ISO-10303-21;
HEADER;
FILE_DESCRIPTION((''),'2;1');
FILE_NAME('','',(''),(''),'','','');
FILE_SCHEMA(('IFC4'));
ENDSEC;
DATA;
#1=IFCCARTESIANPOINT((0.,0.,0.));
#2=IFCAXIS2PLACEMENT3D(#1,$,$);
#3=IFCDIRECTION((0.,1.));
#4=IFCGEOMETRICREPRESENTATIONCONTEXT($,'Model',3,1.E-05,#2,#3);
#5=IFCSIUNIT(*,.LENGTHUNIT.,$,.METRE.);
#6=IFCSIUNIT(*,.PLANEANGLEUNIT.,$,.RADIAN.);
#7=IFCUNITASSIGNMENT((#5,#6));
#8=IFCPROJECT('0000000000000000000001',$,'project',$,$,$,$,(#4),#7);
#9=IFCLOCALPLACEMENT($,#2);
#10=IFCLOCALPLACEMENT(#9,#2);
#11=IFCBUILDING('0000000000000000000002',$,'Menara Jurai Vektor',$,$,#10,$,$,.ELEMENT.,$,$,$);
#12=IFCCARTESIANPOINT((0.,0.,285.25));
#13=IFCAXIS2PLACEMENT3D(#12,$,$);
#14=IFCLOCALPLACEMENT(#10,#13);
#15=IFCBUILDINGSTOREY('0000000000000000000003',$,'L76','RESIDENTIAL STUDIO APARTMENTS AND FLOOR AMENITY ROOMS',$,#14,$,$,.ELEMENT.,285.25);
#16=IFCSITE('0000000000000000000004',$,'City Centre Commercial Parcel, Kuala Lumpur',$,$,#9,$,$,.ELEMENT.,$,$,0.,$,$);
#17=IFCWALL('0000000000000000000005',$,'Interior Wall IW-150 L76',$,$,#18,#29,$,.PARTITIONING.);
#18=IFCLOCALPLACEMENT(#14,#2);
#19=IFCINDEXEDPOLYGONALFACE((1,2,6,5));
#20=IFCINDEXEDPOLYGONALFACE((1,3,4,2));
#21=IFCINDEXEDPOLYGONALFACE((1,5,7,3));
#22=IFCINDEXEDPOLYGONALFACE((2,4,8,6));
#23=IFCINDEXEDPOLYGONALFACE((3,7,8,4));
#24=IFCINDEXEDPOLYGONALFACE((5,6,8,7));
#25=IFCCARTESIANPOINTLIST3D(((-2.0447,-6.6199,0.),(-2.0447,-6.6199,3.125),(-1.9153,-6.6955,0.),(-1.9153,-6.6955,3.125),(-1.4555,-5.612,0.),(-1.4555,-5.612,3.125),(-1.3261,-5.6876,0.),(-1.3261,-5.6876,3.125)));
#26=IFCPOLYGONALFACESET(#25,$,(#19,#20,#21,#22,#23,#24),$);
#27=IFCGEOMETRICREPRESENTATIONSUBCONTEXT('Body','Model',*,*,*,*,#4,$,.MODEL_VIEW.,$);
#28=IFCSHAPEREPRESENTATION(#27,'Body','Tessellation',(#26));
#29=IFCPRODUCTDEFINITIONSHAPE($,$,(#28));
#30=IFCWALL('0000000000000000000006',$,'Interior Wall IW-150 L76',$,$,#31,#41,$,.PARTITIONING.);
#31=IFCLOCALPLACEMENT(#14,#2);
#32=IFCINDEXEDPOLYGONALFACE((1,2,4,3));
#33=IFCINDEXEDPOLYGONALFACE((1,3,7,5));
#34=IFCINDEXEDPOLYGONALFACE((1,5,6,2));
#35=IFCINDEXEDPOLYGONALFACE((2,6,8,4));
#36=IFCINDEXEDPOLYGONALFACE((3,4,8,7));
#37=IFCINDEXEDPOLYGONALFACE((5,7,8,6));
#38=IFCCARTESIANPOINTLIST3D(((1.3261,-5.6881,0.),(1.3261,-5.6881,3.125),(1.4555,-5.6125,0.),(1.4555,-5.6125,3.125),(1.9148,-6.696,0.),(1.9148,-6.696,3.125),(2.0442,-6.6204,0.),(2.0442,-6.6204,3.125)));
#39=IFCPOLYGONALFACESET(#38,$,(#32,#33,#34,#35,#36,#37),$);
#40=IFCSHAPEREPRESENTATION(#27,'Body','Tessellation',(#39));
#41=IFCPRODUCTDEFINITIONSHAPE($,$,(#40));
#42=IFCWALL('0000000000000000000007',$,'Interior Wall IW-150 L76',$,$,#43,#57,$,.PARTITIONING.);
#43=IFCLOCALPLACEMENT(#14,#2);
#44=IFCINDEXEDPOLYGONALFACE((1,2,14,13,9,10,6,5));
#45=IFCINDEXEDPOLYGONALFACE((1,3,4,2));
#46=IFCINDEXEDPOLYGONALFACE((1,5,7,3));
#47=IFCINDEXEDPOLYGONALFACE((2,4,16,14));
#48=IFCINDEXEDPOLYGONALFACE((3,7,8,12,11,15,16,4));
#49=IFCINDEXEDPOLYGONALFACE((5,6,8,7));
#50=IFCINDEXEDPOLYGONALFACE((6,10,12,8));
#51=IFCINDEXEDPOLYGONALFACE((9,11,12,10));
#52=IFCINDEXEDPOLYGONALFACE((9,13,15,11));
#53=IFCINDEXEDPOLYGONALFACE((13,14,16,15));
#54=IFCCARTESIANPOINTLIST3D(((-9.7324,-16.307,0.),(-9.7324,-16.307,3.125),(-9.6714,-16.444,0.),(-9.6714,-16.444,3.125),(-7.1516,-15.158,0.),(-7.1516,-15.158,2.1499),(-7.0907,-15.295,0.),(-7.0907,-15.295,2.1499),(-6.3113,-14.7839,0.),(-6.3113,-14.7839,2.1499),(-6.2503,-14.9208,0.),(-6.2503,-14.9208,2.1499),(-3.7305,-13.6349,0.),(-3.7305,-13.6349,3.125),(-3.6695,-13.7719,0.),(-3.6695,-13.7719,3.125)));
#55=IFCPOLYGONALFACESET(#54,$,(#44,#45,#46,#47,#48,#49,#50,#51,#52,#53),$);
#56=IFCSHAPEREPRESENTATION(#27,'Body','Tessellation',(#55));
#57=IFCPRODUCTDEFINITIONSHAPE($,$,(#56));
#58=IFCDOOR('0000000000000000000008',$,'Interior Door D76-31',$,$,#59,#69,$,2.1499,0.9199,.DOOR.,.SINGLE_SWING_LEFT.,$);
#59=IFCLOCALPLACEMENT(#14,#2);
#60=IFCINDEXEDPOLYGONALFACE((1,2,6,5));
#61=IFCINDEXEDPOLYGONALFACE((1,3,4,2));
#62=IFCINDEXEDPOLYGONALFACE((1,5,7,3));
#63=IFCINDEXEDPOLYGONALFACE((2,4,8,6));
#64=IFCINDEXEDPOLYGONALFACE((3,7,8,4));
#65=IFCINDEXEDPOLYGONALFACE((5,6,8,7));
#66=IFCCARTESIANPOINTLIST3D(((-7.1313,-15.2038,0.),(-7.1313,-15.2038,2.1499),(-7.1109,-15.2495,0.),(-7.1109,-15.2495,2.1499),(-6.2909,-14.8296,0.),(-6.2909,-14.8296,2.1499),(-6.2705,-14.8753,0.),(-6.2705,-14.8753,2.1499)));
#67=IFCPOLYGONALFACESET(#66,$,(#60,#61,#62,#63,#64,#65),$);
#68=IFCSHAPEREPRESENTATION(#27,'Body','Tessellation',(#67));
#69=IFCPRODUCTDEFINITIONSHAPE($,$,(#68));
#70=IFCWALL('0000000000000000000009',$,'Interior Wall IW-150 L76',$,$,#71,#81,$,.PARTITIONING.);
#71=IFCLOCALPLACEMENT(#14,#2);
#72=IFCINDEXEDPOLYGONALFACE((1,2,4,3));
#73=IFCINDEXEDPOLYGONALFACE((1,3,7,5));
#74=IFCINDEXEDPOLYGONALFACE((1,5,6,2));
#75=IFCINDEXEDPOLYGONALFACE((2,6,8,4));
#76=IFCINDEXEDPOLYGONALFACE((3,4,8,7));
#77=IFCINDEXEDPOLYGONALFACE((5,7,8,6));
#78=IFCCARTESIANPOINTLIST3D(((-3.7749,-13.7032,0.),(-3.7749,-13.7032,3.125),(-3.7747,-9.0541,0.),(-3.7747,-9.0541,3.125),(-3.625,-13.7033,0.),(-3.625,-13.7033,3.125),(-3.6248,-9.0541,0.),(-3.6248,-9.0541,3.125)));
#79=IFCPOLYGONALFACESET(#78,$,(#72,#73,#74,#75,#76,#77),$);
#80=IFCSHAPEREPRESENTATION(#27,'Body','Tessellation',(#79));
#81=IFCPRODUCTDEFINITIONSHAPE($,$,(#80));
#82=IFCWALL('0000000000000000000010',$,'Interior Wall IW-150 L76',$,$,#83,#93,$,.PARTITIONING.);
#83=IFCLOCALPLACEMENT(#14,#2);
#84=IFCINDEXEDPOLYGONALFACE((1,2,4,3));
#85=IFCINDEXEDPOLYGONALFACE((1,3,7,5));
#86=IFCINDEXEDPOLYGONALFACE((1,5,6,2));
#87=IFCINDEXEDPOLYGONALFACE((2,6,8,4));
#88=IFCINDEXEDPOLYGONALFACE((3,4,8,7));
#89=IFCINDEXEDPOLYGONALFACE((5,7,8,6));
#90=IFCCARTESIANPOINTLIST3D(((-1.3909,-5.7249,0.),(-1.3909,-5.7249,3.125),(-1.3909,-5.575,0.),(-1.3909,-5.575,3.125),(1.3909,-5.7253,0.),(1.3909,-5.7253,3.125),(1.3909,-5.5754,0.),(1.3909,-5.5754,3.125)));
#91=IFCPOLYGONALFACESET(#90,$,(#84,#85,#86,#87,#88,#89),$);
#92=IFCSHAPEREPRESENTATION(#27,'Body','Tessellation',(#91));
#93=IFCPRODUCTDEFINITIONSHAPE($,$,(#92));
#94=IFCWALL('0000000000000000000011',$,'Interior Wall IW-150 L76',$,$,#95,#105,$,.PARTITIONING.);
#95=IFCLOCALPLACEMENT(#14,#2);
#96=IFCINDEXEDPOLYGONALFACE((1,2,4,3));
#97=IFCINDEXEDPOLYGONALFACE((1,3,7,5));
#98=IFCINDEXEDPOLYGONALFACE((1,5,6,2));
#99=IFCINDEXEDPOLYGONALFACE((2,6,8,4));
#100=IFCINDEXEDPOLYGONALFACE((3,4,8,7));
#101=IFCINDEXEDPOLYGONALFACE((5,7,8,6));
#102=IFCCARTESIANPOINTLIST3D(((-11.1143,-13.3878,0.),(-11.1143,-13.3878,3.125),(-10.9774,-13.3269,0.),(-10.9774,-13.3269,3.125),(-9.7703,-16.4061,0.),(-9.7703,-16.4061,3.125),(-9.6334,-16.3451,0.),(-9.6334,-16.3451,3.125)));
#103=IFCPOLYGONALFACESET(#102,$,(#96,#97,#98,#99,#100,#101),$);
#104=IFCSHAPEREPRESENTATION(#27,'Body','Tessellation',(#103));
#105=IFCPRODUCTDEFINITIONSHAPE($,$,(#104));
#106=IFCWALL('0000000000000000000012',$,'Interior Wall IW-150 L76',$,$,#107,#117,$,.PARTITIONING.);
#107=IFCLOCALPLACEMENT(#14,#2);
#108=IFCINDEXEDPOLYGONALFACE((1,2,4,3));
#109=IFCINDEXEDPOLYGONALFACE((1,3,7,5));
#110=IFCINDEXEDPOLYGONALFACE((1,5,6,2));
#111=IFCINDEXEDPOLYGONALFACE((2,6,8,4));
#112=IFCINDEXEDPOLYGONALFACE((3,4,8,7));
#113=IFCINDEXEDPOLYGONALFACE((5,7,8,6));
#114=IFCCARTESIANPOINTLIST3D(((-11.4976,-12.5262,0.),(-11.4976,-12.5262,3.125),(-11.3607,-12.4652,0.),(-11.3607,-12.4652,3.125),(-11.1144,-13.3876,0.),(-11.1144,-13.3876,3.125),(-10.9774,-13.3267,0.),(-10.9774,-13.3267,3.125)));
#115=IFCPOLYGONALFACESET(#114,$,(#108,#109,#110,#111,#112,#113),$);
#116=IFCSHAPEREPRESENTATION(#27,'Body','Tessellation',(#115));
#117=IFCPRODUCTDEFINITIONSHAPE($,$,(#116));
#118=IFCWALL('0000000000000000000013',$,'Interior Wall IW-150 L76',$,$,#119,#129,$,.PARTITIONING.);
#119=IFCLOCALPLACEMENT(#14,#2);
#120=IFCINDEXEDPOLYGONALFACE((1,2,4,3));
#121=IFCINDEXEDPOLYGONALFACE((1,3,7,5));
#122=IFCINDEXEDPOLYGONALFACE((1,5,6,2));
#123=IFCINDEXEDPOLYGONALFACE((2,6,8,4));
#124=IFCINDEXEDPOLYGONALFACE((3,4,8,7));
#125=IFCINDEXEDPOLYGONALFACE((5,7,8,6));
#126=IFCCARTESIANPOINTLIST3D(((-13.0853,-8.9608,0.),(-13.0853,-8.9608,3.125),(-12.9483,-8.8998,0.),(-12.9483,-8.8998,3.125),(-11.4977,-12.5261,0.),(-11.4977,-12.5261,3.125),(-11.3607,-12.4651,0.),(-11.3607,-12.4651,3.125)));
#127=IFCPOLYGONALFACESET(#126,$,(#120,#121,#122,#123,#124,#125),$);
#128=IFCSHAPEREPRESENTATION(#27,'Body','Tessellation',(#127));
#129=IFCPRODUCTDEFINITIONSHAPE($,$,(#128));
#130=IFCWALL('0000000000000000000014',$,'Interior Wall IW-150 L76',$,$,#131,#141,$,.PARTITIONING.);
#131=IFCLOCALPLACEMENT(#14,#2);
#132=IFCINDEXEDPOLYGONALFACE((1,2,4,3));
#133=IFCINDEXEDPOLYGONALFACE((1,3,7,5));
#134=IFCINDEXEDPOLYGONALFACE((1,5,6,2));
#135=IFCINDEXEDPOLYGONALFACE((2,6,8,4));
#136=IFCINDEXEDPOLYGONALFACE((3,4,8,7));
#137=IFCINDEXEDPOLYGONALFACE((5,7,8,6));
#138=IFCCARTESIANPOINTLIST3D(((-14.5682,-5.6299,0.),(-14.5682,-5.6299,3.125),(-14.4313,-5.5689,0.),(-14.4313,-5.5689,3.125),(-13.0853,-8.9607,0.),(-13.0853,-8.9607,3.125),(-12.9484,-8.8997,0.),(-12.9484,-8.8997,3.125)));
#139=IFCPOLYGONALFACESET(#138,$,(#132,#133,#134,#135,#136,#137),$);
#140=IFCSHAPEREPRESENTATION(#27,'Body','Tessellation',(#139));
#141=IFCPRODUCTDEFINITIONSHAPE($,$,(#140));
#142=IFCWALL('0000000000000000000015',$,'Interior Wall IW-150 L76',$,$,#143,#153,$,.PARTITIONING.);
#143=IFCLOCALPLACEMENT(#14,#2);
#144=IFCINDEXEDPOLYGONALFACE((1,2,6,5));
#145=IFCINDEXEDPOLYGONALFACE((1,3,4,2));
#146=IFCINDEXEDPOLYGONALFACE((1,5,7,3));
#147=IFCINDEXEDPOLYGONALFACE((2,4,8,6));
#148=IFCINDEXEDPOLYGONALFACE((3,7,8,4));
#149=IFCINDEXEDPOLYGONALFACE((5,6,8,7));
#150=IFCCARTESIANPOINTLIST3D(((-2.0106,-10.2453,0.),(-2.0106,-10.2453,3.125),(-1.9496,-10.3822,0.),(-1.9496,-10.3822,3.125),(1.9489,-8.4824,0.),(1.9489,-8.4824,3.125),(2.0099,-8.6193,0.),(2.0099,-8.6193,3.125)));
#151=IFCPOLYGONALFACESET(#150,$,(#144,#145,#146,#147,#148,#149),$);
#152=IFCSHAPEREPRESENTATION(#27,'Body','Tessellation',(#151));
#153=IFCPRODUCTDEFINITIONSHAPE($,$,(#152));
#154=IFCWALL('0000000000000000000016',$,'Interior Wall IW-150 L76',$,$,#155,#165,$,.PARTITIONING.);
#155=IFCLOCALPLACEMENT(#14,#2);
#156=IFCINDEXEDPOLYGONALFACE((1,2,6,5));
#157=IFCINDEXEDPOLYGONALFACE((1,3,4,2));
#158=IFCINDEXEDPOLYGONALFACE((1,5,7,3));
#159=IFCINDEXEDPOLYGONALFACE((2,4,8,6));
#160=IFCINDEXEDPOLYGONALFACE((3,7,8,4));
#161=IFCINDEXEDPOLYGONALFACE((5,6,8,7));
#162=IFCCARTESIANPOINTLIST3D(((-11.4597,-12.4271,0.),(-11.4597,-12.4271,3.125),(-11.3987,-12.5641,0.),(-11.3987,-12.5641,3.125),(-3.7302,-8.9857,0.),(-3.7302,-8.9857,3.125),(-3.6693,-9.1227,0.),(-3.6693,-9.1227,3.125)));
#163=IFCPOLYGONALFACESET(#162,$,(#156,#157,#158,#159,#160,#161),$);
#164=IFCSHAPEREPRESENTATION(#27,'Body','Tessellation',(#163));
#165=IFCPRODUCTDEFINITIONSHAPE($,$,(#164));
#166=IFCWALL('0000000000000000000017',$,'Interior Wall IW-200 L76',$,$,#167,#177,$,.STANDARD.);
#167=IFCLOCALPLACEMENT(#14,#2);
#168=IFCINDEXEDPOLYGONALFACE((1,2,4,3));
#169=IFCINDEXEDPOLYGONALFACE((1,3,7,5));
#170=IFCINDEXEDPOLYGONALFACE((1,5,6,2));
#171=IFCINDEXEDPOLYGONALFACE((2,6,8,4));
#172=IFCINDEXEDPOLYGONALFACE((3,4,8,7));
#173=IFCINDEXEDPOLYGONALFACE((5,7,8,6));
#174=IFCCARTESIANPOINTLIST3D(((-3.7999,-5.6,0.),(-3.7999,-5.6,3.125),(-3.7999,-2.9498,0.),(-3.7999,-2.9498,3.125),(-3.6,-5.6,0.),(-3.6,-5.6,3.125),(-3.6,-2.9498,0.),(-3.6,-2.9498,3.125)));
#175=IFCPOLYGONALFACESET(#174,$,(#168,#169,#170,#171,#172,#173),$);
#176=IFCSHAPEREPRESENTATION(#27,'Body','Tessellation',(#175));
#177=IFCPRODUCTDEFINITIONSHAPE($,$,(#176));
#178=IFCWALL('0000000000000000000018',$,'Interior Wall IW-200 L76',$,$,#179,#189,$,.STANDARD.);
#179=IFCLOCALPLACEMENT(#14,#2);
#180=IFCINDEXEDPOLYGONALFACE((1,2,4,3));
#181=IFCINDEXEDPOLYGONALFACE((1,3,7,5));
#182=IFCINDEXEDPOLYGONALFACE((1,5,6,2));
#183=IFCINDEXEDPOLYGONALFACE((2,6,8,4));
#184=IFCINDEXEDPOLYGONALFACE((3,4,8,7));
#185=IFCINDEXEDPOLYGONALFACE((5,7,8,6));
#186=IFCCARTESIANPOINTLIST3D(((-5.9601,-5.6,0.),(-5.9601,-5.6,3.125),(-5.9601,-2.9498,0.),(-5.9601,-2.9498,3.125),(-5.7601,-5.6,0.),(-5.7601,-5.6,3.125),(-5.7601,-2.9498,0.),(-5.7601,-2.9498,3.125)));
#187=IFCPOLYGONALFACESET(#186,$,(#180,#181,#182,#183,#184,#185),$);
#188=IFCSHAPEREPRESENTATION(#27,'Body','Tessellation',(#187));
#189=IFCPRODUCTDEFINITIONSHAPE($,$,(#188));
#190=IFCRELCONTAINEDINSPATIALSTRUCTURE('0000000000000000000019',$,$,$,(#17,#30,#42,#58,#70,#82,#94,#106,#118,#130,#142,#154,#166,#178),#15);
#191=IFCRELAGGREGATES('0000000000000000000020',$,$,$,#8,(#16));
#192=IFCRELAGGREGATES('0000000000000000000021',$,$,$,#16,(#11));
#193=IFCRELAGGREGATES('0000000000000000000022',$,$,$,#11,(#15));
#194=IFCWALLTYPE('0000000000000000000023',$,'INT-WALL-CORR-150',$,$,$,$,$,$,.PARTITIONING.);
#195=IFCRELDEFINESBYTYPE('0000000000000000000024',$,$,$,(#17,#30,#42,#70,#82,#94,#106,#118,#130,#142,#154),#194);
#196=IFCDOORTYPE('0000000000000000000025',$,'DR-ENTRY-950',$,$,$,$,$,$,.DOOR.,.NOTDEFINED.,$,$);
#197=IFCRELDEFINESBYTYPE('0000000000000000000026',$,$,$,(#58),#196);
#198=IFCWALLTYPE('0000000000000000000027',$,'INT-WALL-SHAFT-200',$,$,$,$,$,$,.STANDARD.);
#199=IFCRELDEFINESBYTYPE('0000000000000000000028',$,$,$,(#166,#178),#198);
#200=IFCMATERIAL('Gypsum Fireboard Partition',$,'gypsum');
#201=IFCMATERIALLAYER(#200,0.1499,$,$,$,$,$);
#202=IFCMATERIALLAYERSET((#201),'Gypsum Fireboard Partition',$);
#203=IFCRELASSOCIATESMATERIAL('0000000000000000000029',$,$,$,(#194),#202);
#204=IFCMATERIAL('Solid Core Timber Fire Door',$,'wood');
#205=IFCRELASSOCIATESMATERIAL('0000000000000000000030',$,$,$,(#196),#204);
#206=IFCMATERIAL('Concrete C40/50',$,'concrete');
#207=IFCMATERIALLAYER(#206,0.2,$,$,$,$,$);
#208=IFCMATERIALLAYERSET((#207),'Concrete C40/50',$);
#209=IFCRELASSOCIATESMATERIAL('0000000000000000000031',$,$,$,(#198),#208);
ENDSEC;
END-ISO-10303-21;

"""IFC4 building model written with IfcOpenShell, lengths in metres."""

from ifc_helpers import new_model, si_unit, direction, frame, frame_2d, origin, place, context, subcontext, project, spatial, rectangle, extrude, material, layer, layer_set, type_object, element, fill, save


model = new_model("IFC4")

# Units and contexts
model_context = context("Model", 3, precision=1e-05, world=origin(), true_north=direction((0.0, 1.0)))
body_context = subcontext(model_context, "Body", "Model", "MODEL_VIEW")
ifc_project = project(units=[si_unit("LENGTHUNIT", "METRE"), si_unit("PLANEANGLEUNIT", "RADIAN")], contexts=[model_context])

# Site, building, storey
site_placement = place(None, origin())
site = spatial("IfcSite", under=ifc_project, at=site_placement, Name="City Centre Commercial Parcel, Kuala Lumpur", CompositionType="ELEMENT", RefElevation=0.0)
building_placement = place(site_placement, origin())
building = spatial("IfcBuilding", under=site, at=building_placement, Name="Menara Jurai Vektor", CompositionType="ELEMENT")
storey_placement = place(building_placement, frame((0.0, 0.0, 285.25)))
storey = spatial("IfcBuildingStorey", under=building, at=storey_placement, Name="L76", Description="RESIDENTIAL STUDIO APARTMENTS AND FLOOR AMENITY ROOMS", CompositionType="ELEMENT", Elevation=285.25)

# Shared definitions
ifc_material_1 = material(Name="Gypsum Fireboard Partition", Category="gypsum")
ifc_layer_1 = layer(ifc_material_1, 0.1499)
ifc_layer_set_1 = layer_set([ifc_layer_1], Name="Gypsum Fireboard Partition")
wall_type_1 = type_object("IfcWallType", Name="INT-WALL-CORR-150", PredefinedType="PARTITIONING", material=ifc_layer_set_1)

# Shared definitions
ifc_material_2 = material(Name="Solid Core Timber Fire Door", Category="wood")
door_type = type_object("IfcDoorType", Name="DR-ENTRY-950", OperationType="NOTDEFINED", PredefinedType="DOOR", material=ifc_material_2)

# Walls
wall_1_placement = place(storey_placement, frame((-1.98, -6.6577, 0.0), z_axis=(0.0, 0.0, 1.0), x_axis=(0.504651, 0.863323, 0.0)))
element("IfcWall", 1, at=wall_1_placement, inside=storey, type_object=wall_type_1, Name="Interior Wall IW-150 L76", PredefinedType="PARTITIONING", context=body_context, shape_type="SweptSolid", body=[
    extrude(rectangle(XDim=1.1675, YDim=0.1499, at=frame_2d((0.5837, 0.0))), origin(), (0.0, 0.0, 1.0), 3.125),
])
wall_2_placement = place(storey_placement, frame((1.3909, -5.6504, 0.0), z_axis=(0.0, 0.0, 1.0), x_axis=(0.504339, -0.863506, 0.0)))
element("IfcWall", 2, at=wall_2_placement, inside=storey, type_object=wall_type_1, Name="Interior Wall IW-150 L76", PredefinedType="PARTITIONING", context=body_context, shape_type="SweptSolid", body=[
    extrude(rectangle(XDim=1.1672, YDim=0.1499, at=frame_2d((0.5835, 0.0))), origin(), (0.0, 0.0, 1.0), 3.125),
])

# Wall, opening, door
wall_3_placement = place(storey_placement, frame((-9.7019, -16.3755, 0.0), z_axis=(0.0, 0.0, 1.0), x_axis=(0.913552, 0.406721, 0.0)))
wall_3 = element("IfcWall", 3, at=wall_3_placement, inside=storey, type_object=wall_type_1, Name="Interior Wall IW-150 L76", PredefinedType="PARTITIONING", context=body_context, shape_type="SweptSolid", body=[
    extrude(rectangle(XDim=6.5698, YDim=0.1499, at=frame_2d((3.2849, 0.0))), origin(), (0.0, 0.0, 1.0), 3.125),
])
opening_1_placement = place(wall_3_placement, frame((2.825, 0.0, 0.0)))
opening_1 = element("IfcOpeningElement", 4, at=opening_1_placement, cuts=wall_3, PredefinedType="OPENING", context=body_context, shape_type="SweptSolid", body=[
    extrude(rectangle(XDim=0.9199, YDim=2.1499, at=frame_2d((0.46, 1.075))), frame((0.0, 0.085, 0.0), z_axis=(0.0, -1.0, 0.0), x_axis=(1.0, 0.0, 0.0)), (0.0, 0.0, 1.0), 0.1699),
])
door_1_placement = place(opening_1_placement, origin())
door_1 = element("IfcDoor", 5, at=door_1_placement, inside=storey, type_object=door_type, Name="Interior Door D76-31", OperationType="SINGLE_SWING_LEFT", OverallHeight=2.1499, OverallWidth=0.9199, PredefinedType="DOOR", context=body_context, shape_type="SweptSolid", body=[
    extrude(rectangle(XDim=0.9199, YDim=2.1499, at=frame_2d((0.46, 1.075))), frame((0.0, 0.0249, 0.0), z_axis=(0.0, -1.0, 0.0), x_axis=(1.0, 0.0, 0.0)), (0.0, 0.0, 1.0), 0.05),
])
fill(opening_1, door_1)

# Wall
wall_4_placement = place(storey_placement, frame((-3.7, -13.7034, 0.0), z_axis=(0.0, 0.0, 1.0), x_axis=(0.000053, 1.0, 0.0)))
element("IfcWall", 6, at=wall_4_placement, inside=storey, type_object=wall_type_1, Name="Interior Wall IW-150 L76", PredefinedType="PARTITIONING", context=body_context, shape_type="SweptSolid", body=[
    extrude(rectangle(XDim=4.6492, YDim=0.1499, at=frame_2d((2.3247, 0.0))), origin(), (0.0, 0.0, 1.0), 3.125),
])

# Walls
wall_5_placement = place(storey_placement, frame((-1.3909, -5.6499, 0.0), z_axis=(0.0, 0.0, 1.0), x_axis=(1.0, -0.000176, 0.0)))
element("IfcWall", 7, at=wall_5_placement, inside=storey, type_object=wall_type_1, Name="Interior Wall IW-150 L76", PredefinedType="PARTITIONING", context=body_context, shape_type="SweptSolid", body=[
    extrude(rectangle(XDim=2.7817, YDim=0.1499, at=frame_2d((1.3909, 0.0))), origin(), (0.0, 0.0, 1.0), 3.125),
])
wall_6_placement = place(storey_placement, frame((-9.7019, -16.3755, 0.0), z_axis=(0.0, 0.0, 1.0), x_axis=(-0.406776, 0.913528, 0.0)))
element("IfcWall", 8, at=wall_6_placement, inside=storey, type_object=wall_type_1, Name="Interior Wall IW-150 L76", PredefinedType="PARTITIONING", context=body_context, shape_type="SweptSolid", body=[
    extrude(rectangle(XDim=3.304, YDim=0.1499, at=frame_2d((1.6519, 0.0))), origin(), (0.0, 0.0, 1.0), 3.125),
])
wall_7_placement = place(storey_placement, frame((-11.0459, -13.3572, 0.0), z_axis=(0.0, 0.0, 1.0), x_axis=(-0.406475, 0.913662, 0.0)))
element("IfcWall", 9, at=wall_7_placement, inside=storey, type_object=wall_type_1, Name="Interior Wall IW-150 L76", PredefinedType="PARTITIONING", context=body_context, shape_type="SweptSolid", body=[
    extrude(rectangle(XDim=0.9429, YDim=0.1499, at=frame_2d((0.4714, 0.0))), origin(), (0.0, 0.0, 1.0), 3.125),
])
wall_8_placement = place(storey_placement, frame((-11.4292, -12.4956, 0.0), z_axis=(0.0, 0.0, 1.0), x_axis=(-0.406783, 0.913525, 0.0)))
element("IfcWall", 10, at=wall_8_placement, inside=storey, type_object=wall_type_1, Name="Interior Wall IW-150 L76", PredefinedType="PARTITIONING", context=body_context, shape_type="SweptSolid", body=[
    extrude(rectangle(XDim=3.9028, YDim=0.1499, at=frame_2d((1.9514, 0.0))), origin(), (0.0, 0.0, 1.0), 3.125),
])
wall_9_placement = place(storey_placement, frame((-13.0168, -8.9302, 0.0), z_axis=(0.0, 0.0, 1.0), x_axis=(-0.406722, 0.913552, 0.0)))
element("IfcWall", 11, at=wall_9_placement, inside=storey, type_object=wall_type_1, Name="Interior Wall IW-150 L76", PredefinedType="PARTITIONING", context=body_context, shape_type="SweptSolid", body=[
    extrude(rectangle(XDim=3.646, YDim=0.1499, at=frame_2d((1.823, 0.0))), origin(), (0.0, 0.0, 1.0), 3.125),
])
wall_10_placement = place(storey_placement, frame((-1.98, -10.3137, 0.0), z_axis=(0.0, 0.0, 1.0), x_axis=(0.91354, 0.40675, 0.0)))
element("IfcWall", 12, at=wall_10_placement, inside=storey, type_object=wall_type_1, Name="Interior Wall IW-150 L76", PredefinedType="PARTITIONING", context=body_context, shape_type="SweptSolid", body=[
    extrude(rectangle(XDim=4.3342, YDim=0.1499, at=frame_2d((2.167, 0.0))), origin(), (0.0, 0.0, 1.0), 3.125),
])
wall_11_placement = place(storey_placement, frame((-11.4292, -12.4956, 0.0), z_axis=(0.0, 0.0, 1.0), x_axis=(0.913545, 0.406738, 0.0)))
element("IfcWall", 13, at=wall_11_placement, inside=storey, type_object=wall_type_1, Name="Interior Wall IW-150 L76", PredefinedType="PARTITIONING", context=body_context, shape_type="SweptSolid", body=[
    extrude(rectangle(XDim=8.4609, YDim=0.1499, at=frame_2d((4.2305, 0.0))), origin(), (0.0, 0.0, 1.0), 3.125),
])
ifc_material_3 = material(Name="Concrete C40/50", Category="concrete")
ifc_layer_2 = layer(ifc_material_3, 0.2)
ifc_layer_set_2 = layer_set([ifc_layer_2], Name="Concrete C40/50")
wall_type_2 = type_object("IfcWallType", Name="INT-WALL-SHAFT-200", PredefinedType="STANDARD", material=ifc_layer_set_2)
for number, where, z_axis, x_axis, name in (
    (14, (-3.7, -5.6001, 0.0), (0.0, 0.0, 1.0), (0.0, 1.0, 0.0), "Interior Wall IW-200 L76"),
    (15, (-5.8601, -5.6001, 0.0), (0.0, 0.0, 1.0), (0.0, 1.0, 0.0), "Interior Wall IW-200 L76"),
):
    element("IfcWall", number, at=place(storey_placement, frame(where, z_axis=z_axis, x_axis=x_axis)), inside=storey, type_object=wall_type_2, Name=name, PredefinedType="STANDARD", context=body_context, shape_type="SweptSolid", body=[
        extrude(rectangle(XDim=2.6501, YDim=0.2, at=frame_2d((1.3252, 0.0))), origin(), (0.0, 0.0, 1.0), 3.125),
    ])

save(model, "model.ifc")
